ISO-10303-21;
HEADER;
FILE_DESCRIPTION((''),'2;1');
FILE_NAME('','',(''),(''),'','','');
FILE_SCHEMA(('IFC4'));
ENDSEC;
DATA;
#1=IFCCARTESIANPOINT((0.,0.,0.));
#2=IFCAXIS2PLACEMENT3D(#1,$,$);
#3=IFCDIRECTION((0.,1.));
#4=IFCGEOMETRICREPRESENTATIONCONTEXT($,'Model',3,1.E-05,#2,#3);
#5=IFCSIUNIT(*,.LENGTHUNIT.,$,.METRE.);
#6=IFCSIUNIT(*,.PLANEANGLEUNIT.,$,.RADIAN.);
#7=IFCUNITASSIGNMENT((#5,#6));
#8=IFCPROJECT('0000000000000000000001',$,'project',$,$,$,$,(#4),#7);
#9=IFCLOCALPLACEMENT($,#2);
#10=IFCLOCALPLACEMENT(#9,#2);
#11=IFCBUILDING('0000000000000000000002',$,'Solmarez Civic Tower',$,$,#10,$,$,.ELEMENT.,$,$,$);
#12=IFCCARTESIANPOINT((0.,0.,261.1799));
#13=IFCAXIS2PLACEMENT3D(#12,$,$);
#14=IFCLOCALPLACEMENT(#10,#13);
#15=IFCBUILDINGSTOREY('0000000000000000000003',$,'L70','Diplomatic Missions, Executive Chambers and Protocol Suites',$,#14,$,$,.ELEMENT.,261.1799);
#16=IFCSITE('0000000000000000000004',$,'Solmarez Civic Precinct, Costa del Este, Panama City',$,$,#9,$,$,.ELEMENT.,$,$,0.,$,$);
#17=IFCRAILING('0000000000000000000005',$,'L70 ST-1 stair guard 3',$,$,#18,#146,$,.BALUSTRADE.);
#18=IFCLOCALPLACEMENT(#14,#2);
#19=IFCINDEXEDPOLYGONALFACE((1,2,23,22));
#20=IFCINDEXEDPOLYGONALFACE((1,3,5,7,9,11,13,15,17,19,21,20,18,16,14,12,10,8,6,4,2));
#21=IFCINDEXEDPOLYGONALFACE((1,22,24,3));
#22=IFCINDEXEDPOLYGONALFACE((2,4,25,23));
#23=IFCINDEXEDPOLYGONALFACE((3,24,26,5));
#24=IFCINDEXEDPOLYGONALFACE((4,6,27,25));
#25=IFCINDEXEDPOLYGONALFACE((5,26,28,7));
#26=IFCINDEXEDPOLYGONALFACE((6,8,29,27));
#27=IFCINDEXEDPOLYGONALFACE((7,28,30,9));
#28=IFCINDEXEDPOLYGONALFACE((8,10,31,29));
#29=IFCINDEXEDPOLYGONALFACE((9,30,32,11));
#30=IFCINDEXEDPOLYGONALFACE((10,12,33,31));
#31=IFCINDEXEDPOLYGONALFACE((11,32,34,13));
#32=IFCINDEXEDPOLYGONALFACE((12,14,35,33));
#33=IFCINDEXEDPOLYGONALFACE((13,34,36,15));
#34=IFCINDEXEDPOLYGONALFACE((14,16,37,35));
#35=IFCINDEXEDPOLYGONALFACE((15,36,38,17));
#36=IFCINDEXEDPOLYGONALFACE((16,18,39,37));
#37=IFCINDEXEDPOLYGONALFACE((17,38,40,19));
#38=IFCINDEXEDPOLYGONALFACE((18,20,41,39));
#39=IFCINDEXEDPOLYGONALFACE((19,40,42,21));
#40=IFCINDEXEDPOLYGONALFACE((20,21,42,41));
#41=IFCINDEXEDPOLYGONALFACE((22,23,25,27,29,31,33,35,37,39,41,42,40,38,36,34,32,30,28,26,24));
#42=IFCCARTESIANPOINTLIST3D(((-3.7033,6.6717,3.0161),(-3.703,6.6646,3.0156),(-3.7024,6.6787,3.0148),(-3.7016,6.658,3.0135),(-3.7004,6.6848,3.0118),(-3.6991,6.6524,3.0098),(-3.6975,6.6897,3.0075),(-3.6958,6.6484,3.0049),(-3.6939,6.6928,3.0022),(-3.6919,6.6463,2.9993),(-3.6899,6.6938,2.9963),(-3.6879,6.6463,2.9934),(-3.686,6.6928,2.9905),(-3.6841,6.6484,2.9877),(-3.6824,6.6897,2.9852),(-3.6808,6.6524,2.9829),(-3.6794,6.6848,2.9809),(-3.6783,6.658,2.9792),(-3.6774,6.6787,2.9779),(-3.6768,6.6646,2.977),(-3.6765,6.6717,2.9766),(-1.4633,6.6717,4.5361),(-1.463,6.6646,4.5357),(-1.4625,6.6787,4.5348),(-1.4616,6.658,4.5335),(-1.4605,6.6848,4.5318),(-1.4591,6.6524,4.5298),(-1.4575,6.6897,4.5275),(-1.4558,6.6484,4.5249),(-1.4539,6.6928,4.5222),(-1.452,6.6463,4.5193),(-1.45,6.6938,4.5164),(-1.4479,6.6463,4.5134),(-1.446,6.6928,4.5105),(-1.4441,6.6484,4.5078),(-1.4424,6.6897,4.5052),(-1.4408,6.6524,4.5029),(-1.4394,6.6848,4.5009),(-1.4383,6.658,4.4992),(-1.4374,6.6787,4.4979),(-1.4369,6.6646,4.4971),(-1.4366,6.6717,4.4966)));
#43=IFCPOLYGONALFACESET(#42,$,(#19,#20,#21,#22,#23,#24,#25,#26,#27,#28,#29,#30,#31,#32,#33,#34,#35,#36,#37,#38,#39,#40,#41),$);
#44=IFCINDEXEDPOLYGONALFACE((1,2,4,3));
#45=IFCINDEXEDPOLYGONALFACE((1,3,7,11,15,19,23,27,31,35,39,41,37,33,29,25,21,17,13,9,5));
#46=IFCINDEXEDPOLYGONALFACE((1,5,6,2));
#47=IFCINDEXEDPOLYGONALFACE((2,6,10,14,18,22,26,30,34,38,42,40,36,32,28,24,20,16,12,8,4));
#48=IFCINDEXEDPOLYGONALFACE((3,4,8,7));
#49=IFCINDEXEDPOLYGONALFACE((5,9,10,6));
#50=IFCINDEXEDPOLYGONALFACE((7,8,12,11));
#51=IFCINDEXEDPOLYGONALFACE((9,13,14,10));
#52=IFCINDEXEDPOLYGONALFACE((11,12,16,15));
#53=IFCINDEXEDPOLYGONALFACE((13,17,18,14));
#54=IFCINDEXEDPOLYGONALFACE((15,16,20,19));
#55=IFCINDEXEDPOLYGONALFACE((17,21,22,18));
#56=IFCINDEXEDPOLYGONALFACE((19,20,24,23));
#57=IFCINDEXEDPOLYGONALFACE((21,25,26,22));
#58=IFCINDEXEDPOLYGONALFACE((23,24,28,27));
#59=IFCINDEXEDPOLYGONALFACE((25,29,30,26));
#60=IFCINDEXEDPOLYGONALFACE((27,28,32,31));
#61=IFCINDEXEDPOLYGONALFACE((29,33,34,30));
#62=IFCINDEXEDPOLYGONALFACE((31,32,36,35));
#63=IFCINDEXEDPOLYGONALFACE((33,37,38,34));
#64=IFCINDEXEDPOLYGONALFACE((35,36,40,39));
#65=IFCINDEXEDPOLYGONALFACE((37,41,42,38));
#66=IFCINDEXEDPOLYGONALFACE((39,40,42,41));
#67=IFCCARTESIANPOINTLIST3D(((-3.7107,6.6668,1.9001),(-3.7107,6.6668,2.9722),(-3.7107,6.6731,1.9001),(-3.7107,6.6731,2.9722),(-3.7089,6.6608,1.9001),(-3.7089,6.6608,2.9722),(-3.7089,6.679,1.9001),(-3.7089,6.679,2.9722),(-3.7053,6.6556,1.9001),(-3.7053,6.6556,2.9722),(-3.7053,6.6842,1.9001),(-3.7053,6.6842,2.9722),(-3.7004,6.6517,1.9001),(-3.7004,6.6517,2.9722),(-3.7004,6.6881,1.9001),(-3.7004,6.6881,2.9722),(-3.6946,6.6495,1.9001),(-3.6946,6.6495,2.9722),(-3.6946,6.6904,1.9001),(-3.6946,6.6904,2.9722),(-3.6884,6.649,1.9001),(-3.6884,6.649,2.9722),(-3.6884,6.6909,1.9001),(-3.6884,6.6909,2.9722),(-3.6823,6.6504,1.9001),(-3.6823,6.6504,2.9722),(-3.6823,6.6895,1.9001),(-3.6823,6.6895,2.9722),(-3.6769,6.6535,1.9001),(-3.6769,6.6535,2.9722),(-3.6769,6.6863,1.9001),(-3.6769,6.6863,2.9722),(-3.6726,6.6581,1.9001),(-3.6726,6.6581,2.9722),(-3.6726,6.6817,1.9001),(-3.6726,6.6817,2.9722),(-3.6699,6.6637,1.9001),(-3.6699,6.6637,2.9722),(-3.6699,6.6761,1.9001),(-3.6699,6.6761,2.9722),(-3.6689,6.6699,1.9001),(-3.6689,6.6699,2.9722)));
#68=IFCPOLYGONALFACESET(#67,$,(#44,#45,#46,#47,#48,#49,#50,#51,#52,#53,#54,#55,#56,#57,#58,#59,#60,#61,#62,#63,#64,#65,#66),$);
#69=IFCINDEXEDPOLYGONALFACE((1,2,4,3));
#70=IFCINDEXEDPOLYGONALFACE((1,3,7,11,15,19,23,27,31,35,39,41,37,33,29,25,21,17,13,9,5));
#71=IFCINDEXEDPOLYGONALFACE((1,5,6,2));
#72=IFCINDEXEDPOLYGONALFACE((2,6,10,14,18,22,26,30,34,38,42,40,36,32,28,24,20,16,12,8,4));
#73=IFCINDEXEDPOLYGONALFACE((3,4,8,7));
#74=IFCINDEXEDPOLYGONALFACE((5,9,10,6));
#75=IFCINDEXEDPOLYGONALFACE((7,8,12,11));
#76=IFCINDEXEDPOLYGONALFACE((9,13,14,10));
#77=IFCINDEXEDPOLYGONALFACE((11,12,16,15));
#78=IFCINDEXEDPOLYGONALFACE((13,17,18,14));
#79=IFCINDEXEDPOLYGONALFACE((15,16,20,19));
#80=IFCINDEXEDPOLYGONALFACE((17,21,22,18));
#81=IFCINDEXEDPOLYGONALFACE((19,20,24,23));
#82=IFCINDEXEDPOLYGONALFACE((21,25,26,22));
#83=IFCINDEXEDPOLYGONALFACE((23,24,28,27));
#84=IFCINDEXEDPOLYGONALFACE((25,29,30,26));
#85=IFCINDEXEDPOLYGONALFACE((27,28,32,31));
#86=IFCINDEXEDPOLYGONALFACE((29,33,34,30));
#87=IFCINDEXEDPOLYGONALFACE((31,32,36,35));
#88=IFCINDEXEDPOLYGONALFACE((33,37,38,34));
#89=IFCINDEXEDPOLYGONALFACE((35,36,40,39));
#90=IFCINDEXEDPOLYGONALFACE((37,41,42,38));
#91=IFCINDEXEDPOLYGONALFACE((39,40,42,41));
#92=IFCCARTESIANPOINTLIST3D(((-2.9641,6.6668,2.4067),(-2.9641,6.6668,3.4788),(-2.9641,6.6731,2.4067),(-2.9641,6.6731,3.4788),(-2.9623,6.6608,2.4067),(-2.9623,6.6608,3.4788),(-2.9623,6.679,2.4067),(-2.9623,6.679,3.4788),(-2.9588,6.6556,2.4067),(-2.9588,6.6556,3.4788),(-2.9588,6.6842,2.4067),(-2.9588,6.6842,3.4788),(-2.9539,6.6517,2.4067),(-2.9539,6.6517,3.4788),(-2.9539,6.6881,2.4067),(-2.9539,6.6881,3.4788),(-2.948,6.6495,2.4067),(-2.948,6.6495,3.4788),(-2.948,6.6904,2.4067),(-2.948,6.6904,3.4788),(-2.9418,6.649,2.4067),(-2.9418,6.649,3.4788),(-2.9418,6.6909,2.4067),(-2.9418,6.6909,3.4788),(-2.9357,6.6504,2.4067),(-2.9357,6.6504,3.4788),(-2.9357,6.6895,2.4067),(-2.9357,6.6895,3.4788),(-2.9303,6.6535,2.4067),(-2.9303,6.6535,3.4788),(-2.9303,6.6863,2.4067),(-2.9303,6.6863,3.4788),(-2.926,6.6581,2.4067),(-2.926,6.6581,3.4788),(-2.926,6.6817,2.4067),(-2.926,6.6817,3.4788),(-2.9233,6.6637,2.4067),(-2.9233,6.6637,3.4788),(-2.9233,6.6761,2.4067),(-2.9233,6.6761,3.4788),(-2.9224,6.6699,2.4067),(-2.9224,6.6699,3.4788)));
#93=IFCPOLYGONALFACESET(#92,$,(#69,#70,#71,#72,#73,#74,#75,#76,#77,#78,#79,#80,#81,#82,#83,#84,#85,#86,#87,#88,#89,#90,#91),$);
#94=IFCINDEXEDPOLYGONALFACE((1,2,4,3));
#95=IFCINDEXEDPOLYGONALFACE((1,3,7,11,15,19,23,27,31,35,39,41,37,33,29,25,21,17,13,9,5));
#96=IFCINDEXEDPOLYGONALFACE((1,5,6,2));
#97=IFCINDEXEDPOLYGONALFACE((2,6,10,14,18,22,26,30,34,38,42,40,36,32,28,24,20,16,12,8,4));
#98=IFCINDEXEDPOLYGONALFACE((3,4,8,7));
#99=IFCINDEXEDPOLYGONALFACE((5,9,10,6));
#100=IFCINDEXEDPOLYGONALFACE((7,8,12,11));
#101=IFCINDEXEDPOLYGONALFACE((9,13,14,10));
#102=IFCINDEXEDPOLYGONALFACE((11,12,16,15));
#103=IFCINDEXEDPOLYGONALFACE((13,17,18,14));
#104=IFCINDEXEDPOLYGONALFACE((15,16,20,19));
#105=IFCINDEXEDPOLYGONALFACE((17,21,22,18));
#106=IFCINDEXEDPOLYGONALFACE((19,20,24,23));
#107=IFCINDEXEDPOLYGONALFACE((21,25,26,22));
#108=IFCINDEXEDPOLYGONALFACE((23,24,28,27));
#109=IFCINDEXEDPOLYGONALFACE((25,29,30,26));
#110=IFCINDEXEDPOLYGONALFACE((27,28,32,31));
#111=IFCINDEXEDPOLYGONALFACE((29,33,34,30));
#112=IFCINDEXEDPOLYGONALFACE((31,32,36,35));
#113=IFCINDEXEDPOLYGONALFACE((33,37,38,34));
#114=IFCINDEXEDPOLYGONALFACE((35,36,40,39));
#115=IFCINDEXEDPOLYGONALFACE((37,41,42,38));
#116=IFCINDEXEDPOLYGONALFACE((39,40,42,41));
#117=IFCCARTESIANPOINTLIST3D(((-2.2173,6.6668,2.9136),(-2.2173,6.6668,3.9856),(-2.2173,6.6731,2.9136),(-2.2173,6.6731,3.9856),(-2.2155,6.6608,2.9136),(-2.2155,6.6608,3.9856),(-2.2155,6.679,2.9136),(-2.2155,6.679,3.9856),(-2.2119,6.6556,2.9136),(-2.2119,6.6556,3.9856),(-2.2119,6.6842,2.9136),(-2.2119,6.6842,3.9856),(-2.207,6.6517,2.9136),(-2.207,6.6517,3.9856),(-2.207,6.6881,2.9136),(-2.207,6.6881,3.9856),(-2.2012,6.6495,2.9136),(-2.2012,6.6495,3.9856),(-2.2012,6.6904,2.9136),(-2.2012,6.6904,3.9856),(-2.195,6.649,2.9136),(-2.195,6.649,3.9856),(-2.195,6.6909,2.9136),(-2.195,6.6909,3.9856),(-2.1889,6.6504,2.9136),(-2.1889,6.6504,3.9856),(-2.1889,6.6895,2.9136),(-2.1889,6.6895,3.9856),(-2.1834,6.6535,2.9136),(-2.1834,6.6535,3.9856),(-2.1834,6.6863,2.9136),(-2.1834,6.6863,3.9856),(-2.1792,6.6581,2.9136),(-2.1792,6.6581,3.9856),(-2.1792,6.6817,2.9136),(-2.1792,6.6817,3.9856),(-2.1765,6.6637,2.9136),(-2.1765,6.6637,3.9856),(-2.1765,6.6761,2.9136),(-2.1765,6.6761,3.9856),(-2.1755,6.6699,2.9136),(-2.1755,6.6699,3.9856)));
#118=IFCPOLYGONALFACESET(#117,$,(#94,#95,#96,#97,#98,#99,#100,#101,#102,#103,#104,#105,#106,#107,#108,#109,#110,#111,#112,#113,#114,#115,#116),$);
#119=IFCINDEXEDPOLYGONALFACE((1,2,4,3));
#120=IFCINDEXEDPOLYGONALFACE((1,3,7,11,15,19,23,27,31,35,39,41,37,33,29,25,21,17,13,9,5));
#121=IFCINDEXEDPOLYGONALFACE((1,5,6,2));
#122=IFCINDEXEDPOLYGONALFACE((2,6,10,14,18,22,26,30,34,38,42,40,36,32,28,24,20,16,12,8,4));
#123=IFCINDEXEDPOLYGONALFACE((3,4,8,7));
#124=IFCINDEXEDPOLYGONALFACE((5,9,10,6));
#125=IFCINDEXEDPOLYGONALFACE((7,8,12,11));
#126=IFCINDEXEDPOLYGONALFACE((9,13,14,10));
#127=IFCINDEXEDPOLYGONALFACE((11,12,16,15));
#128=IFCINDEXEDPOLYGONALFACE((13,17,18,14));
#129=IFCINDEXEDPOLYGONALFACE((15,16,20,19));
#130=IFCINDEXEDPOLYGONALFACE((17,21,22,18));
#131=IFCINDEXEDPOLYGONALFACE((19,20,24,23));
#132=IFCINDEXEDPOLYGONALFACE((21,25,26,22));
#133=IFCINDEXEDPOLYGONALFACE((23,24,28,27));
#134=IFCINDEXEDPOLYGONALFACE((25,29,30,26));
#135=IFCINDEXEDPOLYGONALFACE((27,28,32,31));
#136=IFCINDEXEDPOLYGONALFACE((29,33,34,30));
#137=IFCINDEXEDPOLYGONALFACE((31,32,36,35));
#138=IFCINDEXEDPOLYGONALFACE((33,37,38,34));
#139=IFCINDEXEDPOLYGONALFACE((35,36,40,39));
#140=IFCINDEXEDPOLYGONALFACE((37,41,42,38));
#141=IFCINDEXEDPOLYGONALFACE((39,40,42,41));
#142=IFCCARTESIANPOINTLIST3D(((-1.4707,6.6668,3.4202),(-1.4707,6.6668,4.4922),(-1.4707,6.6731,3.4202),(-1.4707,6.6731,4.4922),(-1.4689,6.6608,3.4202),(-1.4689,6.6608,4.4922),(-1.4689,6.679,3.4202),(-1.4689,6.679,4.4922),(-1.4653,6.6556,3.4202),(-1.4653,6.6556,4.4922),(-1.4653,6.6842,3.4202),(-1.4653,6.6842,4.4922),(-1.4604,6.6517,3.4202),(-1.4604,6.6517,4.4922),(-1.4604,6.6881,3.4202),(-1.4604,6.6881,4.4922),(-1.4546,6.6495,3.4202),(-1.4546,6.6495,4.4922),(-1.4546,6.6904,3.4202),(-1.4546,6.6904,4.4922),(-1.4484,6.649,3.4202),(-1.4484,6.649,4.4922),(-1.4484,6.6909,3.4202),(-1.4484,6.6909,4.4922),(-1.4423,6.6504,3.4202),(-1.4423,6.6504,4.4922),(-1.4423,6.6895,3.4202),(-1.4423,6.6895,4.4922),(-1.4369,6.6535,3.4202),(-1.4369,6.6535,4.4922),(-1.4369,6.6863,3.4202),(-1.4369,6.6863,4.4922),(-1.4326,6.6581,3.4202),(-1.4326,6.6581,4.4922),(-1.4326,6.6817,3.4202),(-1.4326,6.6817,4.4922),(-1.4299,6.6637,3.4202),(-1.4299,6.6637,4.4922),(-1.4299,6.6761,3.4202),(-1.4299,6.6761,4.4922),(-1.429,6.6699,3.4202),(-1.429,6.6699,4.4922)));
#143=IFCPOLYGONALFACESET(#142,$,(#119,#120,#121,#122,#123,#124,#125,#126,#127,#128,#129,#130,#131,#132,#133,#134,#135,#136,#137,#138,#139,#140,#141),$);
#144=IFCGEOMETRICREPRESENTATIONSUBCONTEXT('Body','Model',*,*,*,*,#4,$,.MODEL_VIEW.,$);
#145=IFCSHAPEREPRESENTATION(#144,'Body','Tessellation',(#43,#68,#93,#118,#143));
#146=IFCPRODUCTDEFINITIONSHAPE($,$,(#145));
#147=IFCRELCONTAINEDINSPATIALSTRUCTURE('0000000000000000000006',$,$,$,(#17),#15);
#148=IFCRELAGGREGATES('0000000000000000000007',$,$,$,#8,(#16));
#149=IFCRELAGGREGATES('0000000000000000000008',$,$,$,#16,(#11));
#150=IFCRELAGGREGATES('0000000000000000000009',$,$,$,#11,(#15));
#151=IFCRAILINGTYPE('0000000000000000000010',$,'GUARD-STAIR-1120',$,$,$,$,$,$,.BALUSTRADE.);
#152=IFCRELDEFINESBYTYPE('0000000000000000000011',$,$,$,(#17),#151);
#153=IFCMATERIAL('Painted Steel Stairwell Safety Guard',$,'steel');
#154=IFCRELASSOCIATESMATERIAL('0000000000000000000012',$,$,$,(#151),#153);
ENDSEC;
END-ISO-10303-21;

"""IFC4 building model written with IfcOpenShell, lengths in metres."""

from ifc_helpers import new_model, si_unit, direction, frame, origin, origin_2d, place, context, subcontext, project, spatial, circle, extrude, material, type_object, element, save


model = new_model("IFC4")

# Units and contexts
model_context = context("Model", 3, precision=1e-05, world=origin(), true_north=direction((0.0, 1.0)))
body_context = subcontext(model_context, "Body", "Model", "MODEL_VIEW")
ifc_project = project(units=[si_unit("LENGTHUNIT", "METRE"), si_unit("PLANEANGLEUNIT", "RADIAN")], contexts=[model_context])

# Site, building, storey
site_placement = place(None, origin())
site = spatial("IfcSite", under=ifc_project, at=site_placement, Name="Solmarez Civic Precinct, Costa del Este, Panama City", CompositionType="ELEMENT", RefElevation=0.0)
building_placement = place(site_placement, origin())
building = spatial("IfcBuilding", under=site, at=building_placement, Name="Solmarez Civic Tower", CompositionType="ELEMENT")
storey_placement = place(building_placement, frame((0.0, 0.0, 261.1799)))
storey = spatial("IfcBuildingStorey", under=building, at=storey_placement, Name="L70", Description="Diplomatic Missions, Executive Chambers and Protocol Suites", CompositionType="ELEMENT", Elevation=261.1799)

# Railing
ifc_material_1 = material(Name="Painted Steel Stairwell Safety Guard", Category="steel")
railing_type_1 = type_object("IfcRailingType", Name="GUARD-STAIR-1120", PredefinedType="BALUSTRADE", material=ifc_material_1)
railing_1_placement = place(storey_placement, frame((-3.6899, 6.6699, 1.9001)))
element("IfcRailing", 1, at=railing_1_placement, inside=storey, type_object=railing_type_1, Name="L70 ST-1 stair guard 3", PredefinedType="BALUSTRADE", context=body_context, shape_type="SweptSolid", body=[
    extrude(circle(Radius=0.0239, at=origin_2d()), frame((0.0, 0.0, 1.0962), z_axis=(0.827471, 0.0, 0.561508), x_axis=(0.0, 1.0, 0.0)), (0.0, 0.0, 1.0), 2.707),
    extrude(circle(Radius=0.021, at=origin_2d()), origin(), (0.0, 0.0, 1.0), 1.072),
    extrude(circle(Radius=0.021, at=origin_2d()), frame((0.7466, 0.0, 0.5066)), (0.0, 0.0, 1.0), 1.072),
    extrude(circle(Radius=0.021, at=origin_2d()), frame((1.4934, 0.0, 1.0134)), (0.0, 0.0, 1.0), 1.072),
    extrude(circle(Radius=0.021, at=origin_2d()), frame((2.24, 0.0, 1.52)), (0.0, 0.0, 1.0), 1.072),
])

save(model, "model.ifc")
